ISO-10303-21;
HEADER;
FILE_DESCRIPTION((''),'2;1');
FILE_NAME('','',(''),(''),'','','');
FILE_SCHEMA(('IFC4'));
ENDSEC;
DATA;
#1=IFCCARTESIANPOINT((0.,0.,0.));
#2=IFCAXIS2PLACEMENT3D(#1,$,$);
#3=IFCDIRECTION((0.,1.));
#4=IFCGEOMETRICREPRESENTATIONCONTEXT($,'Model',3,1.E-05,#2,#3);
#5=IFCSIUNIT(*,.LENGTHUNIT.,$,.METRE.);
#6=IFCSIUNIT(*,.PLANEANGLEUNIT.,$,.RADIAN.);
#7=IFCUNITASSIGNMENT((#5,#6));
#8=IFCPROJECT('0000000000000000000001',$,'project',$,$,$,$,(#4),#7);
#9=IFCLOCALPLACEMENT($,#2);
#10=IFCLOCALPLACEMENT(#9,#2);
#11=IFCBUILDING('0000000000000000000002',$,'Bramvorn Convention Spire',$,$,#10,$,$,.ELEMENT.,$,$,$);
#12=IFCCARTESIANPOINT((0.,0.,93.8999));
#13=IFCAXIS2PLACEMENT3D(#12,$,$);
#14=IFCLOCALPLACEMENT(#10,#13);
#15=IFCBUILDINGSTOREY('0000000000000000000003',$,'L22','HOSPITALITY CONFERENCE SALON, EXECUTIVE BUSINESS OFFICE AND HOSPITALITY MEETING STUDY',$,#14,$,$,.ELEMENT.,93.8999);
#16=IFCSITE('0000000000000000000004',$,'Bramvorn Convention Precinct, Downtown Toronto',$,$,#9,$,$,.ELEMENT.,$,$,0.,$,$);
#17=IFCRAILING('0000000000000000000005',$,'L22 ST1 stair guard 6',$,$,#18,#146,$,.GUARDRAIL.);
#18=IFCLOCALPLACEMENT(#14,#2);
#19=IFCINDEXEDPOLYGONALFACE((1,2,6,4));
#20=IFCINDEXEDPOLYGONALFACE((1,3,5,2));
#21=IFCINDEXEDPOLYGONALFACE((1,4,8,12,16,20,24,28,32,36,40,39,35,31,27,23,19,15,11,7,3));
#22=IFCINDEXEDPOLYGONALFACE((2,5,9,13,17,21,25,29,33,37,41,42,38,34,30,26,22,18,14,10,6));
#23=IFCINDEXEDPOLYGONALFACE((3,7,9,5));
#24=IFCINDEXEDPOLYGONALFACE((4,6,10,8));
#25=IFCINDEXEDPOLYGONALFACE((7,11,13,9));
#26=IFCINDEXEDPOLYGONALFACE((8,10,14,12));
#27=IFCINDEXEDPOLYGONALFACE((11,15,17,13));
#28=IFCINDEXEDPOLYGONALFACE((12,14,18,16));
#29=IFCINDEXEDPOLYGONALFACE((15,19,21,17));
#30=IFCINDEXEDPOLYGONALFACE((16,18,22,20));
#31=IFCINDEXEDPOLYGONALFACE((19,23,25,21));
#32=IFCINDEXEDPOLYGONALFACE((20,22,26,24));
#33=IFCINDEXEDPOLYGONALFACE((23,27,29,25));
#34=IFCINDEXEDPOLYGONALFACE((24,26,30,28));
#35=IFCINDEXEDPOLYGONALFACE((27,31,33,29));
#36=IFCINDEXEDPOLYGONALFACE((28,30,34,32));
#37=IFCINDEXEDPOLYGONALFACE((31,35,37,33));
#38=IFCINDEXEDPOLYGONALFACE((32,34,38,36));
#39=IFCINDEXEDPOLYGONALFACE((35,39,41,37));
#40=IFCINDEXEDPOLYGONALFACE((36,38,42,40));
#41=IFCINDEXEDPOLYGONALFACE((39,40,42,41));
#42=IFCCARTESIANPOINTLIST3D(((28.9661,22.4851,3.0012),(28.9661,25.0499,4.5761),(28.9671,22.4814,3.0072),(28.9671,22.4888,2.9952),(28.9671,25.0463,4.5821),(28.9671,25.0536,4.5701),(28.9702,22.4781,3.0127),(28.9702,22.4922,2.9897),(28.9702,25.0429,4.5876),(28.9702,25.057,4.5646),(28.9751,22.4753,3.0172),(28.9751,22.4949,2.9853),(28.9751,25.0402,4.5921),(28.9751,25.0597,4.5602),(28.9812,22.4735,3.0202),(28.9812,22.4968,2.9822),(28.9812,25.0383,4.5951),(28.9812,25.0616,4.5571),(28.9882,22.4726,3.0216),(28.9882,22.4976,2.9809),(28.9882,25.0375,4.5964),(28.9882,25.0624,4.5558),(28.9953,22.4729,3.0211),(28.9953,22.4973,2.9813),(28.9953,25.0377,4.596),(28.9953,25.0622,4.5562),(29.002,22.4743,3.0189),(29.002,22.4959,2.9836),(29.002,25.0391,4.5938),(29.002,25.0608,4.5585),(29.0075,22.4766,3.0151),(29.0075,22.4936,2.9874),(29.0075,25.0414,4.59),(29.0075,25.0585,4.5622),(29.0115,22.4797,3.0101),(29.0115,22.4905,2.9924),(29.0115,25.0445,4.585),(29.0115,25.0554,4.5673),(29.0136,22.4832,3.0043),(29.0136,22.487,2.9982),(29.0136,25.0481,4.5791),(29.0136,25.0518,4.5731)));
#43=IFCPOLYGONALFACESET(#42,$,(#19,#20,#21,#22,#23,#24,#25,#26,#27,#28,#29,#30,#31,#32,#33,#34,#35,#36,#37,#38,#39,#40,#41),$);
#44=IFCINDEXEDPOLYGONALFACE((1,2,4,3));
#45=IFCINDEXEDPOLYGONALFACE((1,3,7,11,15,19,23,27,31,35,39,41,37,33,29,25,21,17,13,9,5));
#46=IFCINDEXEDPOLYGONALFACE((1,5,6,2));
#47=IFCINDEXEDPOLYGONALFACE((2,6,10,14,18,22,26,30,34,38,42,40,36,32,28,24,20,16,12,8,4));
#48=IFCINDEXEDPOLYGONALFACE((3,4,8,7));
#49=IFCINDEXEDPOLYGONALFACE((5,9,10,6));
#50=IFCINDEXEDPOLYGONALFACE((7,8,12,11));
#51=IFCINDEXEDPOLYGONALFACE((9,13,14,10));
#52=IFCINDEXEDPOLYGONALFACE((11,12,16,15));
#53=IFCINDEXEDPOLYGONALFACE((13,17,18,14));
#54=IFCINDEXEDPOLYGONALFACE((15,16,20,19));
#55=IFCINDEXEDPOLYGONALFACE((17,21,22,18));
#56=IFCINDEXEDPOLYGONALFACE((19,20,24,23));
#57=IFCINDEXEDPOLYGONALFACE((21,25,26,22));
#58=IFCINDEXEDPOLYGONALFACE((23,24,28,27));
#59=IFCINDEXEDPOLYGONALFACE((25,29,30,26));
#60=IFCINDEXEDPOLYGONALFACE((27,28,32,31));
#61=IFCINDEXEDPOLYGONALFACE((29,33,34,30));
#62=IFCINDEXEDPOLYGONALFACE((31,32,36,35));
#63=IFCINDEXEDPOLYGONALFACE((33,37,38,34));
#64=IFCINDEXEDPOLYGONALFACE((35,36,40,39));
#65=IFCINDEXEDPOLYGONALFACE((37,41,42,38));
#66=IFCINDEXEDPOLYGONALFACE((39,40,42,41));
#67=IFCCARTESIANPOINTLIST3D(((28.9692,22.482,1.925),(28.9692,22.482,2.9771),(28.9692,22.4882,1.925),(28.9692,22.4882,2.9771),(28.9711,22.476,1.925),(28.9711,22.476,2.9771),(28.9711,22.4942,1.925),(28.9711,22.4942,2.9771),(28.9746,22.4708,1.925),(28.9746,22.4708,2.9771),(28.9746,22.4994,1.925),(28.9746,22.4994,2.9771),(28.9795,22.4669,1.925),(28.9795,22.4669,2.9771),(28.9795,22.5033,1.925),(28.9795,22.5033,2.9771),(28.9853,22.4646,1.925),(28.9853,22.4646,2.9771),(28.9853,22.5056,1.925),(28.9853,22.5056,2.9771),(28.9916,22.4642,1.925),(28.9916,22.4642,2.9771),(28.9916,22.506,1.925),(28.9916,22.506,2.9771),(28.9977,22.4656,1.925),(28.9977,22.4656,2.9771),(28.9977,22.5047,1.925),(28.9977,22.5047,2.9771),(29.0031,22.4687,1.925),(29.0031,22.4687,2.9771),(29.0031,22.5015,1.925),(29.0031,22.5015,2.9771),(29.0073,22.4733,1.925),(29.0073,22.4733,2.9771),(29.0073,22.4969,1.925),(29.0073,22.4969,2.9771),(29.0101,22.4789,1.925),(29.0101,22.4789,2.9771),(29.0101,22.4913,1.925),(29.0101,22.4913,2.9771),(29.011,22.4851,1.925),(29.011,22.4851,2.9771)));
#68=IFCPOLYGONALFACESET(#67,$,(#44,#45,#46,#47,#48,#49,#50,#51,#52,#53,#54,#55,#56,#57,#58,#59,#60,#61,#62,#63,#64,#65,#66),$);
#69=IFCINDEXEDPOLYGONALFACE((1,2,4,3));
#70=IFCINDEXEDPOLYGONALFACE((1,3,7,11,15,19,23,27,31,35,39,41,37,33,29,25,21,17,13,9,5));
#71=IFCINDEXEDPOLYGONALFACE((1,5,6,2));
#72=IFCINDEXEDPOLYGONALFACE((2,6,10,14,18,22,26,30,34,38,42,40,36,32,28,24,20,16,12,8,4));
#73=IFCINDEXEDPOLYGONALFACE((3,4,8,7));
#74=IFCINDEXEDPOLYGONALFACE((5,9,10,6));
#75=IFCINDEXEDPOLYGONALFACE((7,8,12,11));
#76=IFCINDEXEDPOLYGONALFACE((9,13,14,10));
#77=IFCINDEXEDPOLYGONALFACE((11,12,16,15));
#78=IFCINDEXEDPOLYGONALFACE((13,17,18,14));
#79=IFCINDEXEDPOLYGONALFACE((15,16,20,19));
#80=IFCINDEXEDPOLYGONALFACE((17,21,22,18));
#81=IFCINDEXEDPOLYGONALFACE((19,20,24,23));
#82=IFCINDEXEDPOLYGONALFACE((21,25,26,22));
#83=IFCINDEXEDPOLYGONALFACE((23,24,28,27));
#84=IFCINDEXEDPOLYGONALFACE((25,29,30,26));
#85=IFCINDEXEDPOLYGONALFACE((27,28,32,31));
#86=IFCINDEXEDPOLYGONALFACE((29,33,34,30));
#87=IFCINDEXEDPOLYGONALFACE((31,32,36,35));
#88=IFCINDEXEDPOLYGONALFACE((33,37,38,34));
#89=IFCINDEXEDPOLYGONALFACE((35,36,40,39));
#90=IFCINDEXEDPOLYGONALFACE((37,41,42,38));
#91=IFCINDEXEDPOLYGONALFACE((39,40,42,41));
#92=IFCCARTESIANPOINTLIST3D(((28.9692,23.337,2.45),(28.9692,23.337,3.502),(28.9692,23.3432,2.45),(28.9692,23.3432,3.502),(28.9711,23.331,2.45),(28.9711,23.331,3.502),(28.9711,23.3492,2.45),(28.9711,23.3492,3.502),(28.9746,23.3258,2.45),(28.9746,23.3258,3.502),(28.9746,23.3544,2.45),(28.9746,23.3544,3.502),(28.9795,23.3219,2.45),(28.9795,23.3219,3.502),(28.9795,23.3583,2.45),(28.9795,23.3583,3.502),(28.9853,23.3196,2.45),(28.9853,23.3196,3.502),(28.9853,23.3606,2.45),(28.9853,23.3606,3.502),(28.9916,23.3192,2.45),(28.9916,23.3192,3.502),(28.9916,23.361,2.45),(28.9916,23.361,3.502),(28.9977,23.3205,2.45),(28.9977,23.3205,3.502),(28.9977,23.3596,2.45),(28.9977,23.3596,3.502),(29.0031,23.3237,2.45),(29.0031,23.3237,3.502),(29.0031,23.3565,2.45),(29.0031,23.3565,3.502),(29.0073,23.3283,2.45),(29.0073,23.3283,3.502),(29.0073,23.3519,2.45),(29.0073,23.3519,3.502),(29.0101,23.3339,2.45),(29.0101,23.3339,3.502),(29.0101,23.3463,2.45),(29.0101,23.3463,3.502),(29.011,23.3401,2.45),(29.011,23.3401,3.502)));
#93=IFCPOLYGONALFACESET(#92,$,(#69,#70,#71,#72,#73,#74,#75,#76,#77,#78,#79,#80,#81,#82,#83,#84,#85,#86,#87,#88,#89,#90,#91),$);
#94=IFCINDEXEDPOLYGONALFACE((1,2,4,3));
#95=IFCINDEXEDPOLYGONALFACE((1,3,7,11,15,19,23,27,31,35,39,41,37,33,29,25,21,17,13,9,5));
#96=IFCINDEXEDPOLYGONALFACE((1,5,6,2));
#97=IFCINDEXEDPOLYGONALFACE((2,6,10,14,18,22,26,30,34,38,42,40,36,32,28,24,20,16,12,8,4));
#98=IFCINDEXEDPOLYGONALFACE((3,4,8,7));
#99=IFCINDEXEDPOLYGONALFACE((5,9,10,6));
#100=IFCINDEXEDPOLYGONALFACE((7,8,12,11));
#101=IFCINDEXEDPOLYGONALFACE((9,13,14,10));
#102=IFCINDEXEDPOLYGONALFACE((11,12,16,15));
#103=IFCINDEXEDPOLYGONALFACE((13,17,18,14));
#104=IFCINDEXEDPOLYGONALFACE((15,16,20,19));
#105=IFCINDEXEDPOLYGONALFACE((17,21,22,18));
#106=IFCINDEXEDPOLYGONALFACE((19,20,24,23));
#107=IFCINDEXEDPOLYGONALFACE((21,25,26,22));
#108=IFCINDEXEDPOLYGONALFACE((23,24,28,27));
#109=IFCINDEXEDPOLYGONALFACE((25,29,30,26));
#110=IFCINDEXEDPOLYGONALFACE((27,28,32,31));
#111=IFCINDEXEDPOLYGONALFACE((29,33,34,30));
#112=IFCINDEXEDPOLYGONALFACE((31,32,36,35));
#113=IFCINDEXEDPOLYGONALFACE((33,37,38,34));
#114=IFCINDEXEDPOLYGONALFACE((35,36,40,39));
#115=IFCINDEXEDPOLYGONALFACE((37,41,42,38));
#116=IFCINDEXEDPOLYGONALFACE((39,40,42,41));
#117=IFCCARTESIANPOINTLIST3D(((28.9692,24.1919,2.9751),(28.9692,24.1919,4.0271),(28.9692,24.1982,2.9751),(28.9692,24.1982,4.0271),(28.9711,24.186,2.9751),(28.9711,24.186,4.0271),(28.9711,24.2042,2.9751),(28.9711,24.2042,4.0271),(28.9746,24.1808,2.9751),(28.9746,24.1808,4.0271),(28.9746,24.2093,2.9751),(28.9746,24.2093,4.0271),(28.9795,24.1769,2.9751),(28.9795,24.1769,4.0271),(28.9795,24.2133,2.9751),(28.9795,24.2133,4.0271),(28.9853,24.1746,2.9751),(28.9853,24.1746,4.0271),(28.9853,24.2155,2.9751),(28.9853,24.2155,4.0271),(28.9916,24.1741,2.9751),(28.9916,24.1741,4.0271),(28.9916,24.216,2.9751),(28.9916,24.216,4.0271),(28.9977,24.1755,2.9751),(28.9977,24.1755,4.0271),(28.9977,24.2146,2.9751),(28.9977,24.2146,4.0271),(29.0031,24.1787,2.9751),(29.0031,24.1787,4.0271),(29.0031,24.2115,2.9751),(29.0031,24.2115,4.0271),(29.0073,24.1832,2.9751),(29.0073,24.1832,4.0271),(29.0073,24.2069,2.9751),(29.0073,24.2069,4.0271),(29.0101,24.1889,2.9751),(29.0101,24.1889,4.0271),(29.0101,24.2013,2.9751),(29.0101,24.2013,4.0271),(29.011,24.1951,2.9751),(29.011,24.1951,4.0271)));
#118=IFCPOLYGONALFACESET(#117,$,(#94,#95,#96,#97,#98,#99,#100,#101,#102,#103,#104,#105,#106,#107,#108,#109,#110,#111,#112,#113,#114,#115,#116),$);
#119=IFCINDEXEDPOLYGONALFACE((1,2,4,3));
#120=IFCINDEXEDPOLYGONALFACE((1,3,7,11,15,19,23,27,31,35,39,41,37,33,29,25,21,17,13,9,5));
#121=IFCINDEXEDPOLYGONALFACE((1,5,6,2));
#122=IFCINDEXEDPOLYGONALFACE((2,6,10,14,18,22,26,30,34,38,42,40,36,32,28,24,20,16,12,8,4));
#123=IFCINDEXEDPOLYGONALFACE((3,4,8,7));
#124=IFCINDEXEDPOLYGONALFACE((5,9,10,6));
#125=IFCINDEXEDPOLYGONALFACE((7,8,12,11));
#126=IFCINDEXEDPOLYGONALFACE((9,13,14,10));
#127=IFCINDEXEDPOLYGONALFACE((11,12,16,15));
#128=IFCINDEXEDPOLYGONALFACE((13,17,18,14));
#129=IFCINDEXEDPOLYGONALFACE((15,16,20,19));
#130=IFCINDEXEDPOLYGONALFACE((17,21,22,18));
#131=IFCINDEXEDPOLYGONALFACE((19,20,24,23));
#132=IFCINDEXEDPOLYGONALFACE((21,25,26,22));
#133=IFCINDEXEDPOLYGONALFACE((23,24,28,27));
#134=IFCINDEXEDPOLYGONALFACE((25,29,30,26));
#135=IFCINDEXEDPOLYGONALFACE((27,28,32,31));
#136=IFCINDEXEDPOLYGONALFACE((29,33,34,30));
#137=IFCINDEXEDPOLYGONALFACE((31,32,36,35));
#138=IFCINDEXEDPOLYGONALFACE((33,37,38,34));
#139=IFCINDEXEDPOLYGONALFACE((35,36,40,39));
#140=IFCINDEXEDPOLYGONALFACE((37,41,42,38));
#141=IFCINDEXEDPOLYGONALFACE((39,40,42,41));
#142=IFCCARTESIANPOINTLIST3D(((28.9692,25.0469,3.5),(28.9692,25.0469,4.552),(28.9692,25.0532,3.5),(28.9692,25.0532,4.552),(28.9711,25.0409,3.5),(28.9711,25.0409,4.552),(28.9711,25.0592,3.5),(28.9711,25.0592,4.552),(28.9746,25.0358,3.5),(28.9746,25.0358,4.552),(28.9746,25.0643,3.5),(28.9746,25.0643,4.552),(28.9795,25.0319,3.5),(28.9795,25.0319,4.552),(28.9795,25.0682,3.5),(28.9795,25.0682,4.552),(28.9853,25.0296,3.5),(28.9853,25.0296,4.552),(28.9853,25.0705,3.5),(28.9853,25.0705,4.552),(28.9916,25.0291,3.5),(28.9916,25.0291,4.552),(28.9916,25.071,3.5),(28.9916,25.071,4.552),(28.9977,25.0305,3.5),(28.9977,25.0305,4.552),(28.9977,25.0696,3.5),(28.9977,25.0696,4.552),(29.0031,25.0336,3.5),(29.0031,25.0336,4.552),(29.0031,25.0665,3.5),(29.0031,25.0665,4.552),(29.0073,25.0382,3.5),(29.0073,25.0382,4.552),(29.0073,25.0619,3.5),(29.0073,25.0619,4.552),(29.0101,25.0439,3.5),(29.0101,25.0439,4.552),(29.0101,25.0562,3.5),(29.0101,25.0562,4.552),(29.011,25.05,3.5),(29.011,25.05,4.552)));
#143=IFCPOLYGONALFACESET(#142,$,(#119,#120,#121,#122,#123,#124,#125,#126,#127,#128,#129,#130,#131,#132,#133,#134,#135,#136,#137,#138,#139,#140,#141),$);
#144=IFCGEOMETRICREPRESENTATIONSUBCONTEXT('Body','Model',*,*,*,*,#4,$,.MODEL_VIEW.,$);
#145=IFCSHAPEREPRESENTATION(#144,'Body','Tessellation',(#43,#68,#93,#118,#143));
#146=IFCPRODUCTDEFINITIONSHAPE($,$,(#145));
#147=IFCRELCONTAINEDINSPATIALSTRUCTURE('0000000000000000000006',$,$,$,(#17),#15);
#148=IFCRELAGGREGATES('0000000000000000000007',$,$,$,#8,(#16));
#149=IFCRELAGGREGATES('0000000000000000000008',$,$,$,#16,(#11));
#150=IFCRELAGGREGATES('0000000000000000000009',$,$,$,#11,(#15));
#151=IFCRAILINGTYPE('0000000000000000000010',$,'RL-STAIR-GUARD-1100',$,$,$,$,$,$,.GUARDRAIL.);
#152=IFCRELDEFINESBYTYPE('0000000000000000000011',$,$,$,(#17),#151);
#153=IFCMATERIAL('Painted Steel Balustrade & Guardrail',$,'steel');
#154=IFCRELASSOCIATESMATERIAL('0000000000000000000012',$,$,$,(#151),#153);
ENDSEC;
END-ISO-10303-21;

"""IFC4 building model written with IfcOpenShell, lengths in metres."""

from ifc_helpers import new_model, si_unit, direction, frame, origin, origin_2d, place, context, subcontext, project, spatial, circle, extrude, material, type_object, element, save


model = new_model("IFC4")

# Units and contexts
model_context = context("Model", 3, precision=1e-05, world=origin(), true_north=direction((0.0, 1.0)))
body_context = subcontext(model_context, "Body", "Model", "MODEL_VIEW")
ifc_project = project(units=[si_unit("LENGTHUNIT", "METRE"), si_unit("PLANEANGLEUNIT", "RADIAN")], contexts=[model_context])

# Site, building, storey
site_placement = place(None, origin())
site = spatial("IfcSite", under=ifc_project, at=site_placement, Name="Bramvorn Convention Precinct, Downtown Toronto", CompositionType="ELEMENT", RefElevation=0.0)
building_placement = place(site_placement, origin())
building = spatial("IfcBuilding", under=site, at=building_placement, Name="Bramvorn Convention Spire", CompositionType="ELEMENT")
storey_placement = place(building_placement, frame((0.0, 0.0, 93.8999)))
storey = spatial("IfcBuildingStorey", under=building, at=storey_placement, Name="L22", Description="HOSPITALITY CONFERENCE SALON, EXECUTIVE BUSINESS OFFICE AND HOSPITALITY MEETING STUDY", CompositionType="ELEMENT", Elevation=93.8999)

# Railing
ifc_material_1 = material(Name="Painted Steel Balustrade & Guardrail", Category="steel")
railing_type_1 = type_object("IfcRailingType", Name="RL-STAIR-GUARD-1100", PredefinedType="GUARDRAIL", material=ifc_material_1)
railing_1_placement = place(storey_placement, frame((28.99, 22.4851, 1.925)))
element("IfcRailing", 1, at=railing_1_placement, inside=storey, type_object=railing_type_1, Name="L22 ST1 stair guard 6", PredefinedType="GUARDRAIL", context=body_context, shape_type="SweptSolid", body=[
    extrude(circle(Radius=0.0239, at=origin_2d()), frame((0.0, 0.0, 1.0762), z_axis=(0.0, 0.852173, 0.52326), x_axis=(-1.0, 0.0, 0.0)), (0.0, 0.0, 1.0), 3.0098),
    extrude(circle(Radius=0.021, at=origin_2d()), origin(), (0.0, 0.0, 1.0), 1.052),
    extrude(circle(Radius=0.021, at=origin_2d()), frame((0.0, 0.855, 0.5249)), (0.0, 0.0, 1.0), 1.052),
    extrude(circle(Radius=0.021, at=origin_2d()), frame((0.0, 1.71, 1.05)), (0.0, 0.0, 1.0), 1.052),
    extrude(circle(Radius=0.021, at=origin_2d()), frame((0.0, 2.5649, 1.575)), (0.0, 0.0, 1.0), 1.052),
])

save(model, "model.ifc")
